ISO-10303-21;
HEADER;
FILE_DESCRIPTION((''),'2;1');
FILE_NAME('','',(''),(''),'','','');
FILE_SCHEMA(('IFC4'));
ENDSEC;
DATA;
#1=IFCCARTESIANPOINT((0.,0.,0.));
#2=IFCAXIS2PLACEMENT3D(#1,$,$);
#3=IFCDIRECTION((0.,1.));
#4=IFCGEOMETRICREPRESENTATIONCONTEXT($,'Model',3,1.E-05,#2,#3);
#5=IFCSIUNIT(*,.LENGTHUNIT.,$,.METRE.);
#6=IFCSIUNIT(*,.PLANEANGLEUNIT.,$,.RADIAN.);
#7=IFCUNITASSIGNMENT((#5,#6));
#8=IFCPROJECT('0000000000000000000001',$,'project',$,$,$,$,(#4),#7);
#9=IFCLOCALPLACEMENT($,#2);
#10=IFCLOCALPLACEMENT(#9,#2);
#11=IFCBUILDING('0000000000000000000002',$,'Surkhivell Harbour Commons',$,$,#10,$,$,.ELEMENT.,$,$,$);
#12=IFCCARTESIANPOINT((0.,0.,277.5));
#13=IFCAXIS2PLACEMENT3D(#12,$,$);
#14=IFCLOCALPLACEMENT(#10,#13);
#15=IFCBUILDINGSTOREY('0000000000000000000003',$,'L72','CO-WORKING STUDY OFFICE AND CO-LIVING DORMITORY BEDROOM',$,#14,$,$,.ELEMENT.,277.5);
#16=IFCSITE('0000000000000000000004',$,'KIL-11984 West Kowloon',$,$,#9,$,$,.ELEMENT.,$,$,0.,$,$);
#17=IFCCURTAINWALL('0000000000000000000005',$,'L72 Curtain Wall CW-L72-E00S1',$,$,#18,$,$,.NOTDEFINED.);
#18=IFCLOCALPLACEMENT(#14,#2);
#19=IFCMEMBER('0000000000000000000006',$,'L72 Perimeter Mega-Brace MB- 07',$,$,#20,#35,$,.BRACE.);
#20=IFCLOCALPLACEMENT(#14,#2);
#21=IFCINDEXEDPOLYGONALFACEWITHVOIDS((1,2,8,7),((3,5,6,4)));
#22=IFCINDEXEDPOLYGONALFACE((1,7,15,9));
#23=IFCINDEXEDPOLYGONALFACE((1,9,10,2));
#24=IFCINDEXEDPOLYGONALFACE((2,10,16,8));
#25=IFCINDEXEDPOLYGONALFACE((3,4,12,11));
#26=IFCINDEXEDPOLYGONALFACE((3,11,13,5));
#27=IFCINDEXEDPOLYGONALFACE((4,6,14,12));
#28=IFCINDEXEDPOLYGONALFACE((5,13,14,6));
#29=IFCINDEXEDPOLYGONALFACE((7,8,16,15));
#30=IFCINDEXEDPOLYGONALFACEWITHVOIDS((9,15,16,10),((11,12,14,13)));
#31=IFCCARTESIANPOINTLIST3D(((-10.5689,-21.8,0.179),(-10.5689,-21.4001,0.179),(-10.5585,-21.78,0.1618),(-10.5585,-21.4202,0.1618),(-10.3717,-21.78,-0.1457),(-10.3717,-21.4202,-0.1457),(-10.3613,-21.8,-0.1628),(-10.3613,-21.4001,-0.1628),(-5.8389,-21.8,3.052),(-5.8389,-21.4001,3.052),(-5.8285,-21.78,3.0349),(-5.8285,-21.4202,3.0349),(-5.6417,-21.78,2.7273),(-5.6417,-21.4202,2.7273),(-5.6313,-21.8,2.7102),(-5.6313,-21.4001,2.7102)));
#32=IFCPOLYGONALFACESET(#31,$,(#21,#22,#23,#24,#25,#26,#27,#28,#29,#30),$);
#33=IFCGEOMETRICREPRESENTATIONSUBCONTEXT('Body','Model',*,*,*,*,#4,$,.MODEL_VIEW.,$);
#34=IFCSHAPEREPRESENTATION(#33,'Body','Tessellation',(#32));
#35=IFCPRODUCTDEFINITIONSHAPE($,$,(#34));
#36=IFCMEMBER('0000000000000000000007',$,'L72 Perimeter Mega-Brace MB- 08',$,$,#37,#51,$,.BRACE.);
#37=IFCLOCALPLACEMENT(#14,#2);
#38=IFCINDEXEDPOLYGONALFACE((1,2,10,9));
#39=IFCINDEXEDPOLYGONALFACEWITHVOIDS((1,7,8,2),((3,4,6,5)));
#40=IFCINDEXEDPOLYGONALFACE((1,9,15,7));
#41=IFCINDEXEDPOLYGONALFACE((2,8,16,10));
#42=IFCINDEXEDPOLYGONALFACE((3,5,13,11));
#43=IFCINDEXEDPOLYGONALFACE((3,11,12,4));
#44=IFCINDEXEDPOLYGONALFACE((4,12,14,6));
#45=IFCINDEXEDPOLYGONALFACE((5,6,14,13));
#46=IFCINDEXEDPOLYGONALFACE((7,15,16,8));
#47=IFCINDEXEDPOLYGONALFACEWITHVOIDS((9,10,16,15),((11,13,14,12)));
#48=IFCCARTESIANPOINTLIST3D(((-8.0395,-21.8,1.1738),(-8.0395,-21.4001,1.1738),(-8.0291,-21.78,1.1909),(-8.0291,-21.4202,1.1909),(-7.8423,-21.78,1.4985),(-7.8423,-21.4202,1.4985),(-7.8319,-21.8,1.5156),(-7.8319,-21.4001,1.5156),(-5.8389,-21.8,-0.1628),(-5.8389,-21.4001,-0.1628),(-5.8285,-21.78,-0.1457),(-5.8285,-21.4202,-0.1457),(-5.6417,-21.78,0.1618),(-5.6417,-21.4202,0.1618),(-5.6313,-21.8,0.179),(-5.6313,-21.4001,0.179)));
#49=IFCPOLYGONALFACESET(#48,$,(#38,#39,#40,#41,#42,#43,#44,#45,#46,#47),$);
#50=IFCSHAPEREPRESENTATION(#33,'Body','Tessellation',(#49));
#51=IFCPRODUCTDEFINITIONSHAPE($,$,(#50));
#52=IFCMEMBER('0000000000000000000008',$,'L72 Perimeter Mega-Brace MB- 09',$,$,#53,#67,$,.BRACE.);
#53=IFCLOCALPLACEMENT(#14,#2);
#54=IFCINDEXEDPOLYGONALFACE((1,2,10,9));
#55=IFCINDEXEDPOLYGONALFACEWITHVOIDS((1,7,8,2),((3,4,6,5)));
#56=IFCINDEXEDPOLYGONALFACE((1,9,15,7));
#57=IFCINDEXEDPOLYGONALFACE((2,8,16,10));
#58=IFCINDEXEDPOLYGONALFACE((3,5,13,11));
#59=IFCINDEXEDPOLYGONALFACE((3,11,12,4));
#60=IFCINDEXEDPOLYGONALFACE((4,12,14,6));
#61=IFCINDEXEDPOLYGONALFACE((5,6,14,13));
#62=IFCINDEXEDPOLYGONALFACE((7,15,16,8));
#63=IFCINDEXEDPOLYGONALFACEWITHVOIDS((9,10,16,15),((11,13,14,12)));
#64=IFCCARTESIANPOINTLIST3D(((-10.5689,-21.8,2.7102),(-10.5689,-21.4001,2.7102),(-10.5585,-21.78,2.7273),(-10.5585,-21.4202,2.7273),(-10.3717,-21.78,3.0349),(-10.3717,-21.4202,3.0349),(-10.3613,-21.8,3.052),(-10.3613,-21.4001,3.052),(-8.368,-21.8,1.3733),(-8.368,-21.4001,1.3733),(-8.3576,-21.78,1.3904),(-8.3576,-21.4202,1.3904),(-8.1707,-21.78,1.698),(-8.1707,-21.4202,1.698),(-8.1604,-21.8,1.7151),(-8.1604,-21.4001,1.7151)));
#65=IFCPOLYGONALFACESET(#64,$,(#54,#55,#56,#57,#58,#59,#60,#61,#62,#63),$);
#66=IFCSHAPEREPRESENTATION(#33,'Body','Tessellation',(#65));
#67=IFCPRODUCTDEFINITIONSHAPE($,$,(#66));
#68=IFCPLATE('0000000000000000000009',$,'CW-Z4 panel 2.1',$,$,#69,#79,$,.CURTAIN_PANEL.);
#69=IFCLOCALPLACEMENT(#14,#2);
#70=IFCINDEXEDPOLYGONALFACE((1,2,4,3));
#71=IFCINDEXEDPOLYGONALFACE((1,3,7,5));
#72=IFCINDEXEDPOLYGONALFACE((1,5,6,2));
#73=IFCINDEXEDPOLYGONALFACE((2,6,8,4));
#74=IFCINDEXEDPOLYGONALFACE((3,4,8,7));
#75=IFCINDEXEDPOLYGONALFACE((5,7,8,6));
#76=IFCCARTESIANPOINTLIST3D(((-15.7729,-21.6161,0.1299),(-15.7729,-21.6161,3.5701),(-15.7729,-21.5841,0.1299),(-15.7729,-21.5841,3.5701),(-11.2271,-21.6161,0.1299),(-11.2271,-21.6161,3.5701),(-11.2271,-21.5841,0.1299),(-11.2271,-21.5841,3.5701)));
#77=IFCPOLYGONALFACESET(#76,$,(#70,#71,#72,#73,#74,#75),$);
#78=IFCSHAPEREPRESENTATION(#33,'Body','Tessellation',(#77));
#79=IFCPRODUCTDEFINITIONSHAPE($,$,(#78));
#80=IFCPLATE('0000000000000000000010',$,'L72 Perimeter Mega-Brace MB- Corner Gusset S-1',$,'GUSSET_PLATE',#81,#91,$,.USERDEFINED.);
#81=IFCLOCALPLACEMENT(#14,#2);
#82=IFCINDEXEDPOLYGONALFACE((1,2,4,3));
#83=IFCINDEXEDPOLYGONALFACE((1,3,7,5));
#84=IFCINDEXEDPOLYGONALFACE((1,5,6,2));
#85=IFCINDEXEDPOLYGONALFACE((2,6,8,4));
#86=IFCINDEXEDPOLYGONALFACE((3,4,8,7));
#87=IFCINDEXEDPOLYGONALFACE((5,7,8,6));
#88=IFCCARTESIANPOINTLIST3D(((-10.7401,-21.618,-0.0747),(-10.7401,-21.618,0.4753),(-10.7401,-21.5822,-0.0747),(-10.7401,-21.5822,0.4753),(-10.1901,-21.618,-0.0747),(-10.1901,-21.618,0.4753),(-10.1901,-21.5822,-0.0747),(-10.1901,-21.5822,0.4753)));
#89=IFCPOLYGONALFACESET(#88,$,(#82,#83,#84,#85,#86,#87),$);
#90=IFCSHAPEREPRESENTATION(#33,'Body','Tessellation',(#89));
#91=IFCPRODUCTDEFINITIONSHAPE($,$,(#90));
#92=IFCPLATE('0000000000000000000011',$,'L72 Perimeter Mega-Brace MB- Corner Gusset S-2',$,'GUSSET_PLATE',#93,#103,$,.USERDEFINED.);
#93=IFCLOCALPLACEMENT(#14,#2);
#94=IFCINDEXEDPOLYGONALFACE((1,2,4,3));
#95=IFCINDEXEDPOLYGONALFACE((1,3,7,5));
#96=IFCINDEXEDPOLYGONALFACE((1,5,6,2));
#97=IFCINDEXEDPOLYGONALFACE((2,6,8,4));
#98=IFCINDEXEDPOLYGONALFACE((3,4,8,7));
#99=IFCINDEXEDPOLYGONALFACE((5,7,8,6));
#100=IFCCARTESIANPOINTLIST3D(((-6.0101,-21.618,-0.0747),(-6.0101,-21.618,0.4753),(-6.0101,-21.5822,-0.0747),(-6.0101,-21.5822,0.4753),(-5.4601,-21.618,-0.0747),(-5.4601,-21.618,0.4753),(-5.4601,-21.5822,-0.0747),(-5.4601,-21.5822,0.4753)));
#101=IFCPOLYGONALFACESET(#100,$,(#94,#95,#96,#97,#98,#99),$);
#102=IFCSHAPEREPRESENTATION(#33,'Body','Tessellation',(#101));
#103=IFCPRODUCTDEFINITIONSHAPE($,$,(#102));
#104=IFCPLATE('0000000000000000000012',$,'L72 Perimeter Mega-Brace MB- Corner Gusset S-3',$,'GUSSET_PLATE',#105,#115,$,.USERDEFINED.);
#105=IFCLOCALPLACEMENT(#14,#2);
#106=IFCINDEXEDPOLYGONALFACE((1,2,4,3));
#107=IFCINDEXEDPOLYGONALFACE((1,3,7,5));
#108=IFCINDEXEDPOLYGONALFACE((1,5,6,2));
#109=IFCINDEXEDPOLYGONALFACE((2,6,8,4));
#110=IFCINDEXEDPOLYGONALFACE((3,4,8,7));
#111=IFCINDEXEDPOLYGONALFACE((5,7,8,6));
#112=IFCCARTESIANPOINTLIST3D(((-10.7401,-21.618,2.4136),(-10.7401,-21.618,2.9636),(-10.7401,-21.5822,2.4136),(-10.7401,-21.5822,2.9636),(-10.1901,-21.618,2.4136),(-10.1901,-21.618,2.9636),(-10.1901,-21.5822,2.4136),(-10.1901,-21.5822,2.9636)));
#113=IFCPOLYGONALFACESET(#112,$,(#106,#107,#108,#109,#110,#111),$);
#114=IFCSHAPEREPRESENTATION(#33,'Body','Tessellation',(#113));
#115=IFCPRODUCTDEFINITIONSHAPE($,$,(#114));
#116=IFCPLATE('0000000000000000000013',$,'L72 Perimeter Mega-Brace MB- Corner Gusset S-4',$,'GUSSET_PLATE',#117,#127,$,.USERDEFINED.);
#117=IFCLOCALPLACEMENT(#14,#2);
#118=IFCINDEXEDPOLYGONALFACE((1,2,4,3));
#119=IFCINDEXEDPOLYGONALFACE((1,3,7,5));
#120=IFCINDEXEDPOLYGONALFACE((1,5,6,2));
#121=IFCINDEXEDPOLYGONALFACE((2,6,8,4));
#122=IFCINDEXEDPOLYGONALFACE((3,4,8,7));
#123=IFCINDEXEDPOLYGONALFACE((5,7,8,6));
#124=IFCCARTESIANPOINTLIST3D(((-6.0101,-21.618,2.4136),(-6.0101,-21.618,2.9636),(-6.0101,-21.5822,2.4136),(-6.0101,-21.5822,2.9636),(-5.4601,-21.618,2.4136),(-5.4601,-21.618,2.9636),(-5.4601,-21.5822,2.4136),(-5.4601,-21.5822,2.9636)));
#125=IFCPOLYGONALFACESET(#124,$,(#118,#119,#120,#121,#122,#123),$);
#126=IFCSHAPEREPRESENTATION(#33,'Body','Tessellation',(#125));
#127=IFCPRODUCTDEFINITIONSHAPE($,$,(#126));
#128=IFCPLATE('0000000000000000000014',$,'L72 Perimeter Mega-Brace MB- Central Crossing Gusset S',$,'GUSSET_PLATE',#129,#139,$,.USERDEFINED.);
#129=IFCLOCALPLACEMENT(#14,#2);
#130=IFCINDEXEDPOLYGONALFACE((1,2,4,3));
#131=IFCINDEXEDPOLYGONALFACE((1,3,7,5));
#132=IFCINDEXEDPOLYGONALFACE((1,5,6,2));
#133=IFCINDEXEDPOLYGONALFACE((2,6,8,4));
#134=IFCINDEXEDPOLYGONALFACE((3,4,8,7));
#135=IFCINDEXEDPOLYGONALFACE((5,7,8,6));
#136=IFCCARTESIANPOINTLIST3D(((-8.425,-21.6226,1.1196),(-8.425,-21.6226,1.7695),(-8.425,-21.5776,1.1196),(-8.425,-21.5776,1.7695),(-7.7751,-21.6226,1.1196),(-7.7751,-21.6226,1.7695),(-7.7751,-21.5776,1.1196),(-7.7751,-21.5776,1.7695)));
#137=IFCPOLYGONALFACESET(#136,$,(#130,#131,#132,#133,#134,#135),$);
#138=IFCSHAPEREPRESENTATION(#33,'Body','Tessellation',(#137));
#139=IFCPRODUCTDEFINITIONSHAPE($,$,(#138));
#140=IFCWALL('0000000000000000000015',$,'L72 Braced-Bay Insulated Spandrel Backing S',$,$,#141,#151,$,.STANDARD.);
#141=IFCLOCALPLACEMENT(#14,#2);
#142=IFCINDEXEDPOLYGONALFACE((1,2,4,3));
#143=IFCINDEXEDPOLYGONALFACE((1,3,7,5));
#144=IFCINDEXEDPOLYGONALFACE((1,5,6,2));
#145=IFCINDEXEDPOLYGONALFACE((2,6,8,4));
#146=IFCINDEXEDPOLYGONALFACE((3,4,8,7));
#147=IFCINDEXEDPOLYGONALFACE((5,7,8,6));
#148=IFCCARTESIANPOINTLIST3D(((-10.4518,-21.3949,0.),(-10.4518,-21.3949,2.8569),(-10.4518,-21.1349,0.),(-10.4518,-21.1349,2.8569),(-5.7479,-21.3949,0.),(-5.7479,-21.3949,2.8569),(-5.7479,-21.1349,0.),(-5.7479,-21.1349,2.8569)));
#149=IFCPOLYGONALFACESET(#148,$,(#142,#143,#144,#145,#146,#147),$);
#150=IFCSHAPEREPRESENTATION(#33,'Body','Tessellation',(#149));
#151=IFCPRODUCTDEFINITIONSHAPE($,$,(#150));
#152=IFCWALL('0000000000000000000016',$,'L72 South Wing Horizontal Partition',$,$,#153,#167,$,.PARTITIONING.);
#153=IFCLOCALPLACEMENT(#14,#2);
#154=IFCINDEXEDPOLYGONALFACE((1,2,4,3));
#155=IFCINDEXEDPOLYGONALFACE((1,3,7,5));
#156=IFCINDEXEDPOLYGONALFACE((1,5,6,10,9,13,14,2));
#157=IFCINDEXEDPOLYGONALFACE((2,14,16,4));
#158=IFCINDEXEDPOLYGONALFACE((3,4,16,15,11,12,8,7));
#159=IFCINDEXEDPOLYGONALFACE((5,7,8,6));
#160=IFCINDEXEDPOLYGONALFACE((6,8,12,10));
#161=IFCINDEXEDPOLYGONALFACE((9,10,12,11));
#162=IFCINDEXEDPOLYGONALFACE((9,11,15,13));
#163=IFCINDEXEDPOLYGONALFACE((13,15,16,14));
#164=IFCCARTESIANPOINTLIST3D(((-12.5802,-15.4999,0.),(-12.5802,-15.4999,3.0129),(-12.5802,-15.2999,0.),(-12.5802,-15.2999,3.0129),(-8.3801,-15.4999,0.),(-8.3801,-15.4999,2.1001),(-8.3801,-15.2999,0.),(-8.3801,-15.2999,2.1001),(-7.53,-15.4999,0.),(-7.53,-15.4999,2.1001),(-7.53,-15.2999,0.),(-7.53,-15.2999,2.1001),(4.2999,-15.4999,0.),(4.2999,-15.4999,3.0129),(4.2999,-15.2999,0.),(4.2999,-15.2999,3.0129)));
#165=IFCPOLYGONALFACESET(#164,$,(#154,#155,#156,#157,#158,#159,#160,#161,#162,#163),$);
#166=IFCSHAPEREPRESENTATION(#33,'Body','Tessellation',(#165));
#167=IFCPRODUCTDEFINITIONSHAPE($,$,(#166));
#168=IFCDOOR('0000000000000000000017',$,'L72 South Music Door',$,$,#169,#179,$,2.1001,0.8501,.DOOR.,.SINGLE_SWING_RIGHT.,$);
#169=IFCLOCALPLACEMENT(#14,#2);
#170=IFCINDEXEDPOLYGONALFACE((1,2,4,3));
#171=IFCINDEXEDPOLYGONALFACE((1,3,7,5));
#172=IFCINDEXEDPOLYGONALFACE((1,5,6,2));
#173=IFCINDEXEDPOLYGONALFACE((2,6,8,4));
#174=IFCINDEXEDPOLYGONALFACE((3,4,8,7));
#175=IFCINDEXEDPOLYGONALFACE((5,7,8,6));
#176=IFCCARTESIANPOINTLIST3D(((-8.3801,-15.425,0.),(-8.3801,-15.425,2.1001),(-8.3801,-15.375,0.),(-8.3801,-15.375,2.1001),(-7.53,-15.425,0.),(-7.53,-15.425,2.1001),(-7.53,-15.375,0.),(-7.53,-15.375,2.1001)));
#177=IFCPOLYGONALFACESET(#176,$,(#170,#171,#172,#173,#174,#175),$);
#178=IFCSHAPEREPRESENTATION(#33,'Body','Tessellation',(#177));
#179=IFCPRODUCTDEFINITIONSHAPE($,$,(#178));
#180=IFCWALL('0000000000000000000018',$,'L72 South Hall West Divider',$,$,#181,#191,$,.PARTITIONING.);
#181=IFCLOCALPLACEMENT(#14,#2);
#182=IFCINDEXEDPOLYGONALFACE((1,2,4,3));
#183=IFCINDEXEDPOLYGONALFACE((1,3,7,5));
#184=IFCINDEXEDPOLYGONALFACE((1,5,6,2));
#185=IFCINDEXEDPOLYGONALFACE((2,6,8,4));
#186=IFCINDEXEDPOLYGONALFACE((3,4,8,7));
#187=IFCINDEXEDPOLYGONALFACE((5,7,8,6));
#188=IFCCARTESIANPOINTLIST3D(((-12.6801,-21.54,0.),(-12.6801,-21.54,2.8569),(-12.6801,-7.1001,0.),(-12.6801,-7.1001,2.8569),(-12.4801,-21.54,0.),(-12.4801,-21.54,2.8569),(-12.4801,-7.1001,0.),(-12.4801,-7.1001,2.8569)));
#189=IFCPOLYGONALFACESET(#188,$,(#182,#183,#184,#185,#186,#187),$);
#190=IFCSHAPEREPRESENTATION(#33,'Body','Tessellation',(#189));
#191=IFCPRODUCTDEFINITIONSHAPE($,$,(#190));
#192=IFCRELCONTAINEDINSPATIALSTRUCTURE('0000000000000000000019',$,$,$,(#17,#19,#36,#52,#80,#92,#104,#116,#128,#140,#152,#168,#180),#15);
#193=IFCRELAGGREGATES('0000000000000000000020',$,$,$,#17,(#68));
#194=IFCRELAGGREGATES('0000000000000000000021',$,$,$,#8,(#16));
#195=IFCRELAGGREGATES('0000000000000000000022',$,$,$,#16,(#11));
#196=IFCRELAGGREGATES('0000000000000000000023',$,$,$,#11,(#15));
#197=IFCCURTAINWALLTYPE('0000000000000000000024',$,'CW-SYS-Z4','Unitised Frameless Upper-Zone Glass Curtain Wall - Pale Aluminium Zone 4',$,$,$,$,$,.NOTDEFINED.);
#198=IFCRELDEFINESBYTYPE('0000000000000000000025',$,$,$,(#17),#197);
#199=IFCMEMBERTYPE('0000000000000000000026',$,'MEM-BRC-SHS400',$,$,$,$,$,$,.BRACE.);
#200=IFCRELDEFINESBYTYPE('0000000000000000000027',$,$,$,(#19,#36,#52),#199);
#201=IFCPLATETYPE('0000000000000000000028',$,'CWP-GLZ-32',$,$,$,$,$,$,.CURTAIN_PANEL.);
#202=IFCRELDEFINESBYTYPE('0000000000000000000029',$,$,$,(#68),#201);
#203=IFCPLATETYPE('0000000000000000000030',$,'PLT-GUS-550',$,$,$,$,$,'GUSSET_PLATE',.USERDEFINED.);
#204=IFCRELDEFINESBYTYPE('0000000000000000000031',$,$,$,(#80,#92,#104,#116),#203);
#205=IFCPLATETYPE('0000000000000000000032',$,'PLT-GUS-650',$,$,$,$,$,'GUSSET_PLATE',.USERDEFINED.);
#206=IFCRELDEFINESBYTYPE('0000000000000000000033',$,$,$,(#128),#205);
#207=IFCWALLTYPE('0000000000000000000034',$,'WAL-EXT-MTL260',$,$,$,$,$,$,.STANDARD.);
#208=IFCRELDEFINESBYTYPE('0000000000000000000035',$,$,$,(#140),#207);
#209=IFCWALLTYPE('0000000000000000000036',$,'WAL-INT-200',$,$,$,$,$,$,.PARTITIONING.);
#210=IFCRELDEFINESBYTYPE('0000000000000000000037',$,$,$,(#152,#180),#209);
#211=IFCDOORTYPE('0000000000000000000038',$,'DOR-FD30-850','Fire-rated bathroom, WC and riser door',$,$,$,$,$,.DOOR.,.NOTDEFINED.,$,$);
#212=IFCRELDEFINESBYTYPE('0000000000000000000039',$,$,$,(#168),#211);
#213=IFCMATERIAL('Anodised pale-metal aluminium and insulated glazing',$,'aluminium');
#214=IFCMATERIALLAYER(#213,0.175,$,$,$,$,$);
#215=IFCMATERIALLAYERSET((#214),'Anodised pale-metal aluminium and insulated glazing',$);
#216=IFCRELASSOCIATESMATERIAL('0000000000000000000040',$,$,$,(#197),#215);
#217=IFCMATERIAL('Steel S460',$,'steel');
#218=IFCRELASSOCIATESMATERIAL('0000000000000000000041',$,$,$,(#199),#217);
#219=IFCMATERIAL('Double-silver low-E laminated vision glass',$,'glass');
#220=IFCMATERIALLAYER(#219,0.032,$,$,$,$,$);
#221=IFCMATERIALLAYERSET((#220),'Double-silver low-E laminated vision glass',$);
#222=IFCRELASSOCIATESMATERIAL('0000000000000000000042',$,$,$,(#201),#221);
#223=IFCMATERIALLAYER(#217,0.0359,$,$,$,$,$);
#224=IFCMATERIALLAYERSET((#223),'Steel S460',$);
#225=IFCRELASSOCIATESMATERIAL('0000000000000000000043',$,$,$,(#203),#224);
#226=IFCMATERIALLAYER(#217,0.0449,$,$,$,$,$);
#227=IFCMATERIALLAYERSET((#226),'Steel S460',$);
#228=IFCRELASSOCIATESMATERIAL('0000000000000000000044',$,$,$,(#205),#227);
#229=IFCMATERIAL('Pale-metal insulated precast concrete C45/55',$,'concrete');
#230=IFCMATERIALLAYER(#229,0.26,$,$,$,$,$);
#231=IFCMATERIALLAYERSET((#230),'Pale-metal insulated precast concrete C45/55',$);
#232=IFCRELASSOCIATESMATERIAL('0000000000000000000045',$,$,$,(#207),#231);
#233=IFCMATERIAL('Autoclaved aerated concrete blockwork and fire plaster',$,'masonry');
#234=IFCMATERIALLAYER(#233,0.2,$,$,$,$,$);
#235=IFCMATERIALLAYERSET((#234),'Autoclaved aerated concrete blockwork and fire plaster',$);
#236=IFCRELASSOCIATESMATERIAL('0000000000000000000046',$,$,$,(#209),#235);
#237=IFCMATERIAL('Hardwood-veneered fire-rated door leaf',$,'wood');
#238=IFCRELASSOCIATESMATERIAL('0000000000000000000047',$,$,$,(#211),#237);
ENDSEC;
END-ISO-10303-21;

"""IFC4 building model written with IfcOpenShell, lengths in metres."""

from ifc_helpers import new_model, si_unit, direction, frame, frame_2d, origin, origin_2d, place, context, subcontext, project, spatial, rectangle, hollow_rectangle, extrude, material, layer, layer_set, material_profile, profile_set, type_object, element, fill, aggregate, save


model = new_model("IFC4")

# Units and contexts
model_context = context("Model", 3, precision=1e-05, world=origin(), true_north=direction((0.0, 1.0)))
body_context = subcontext(model_context, "Body", "Model", "MODEL_VIEW")
ifc_project = project(units=[si_unit("LENGTHUNIT", "METRE"), si_unit("PLANEANGLEUNIT", "RADIAN")], contexts=[model_context])

# Site, building, storey
site_placement = place(None, origin())
site = spatial("IfcSite", under=ifc_project, at=site_placement, Name="KIL-11984 West Kowloon", CompositionType="ELEMENT", RefElevation=0.0)
building_placement = place(site_placement, origin())
building = spatial("IfcBuilding", under=site, at=building_placement, Name="Surkhivell Harbour Commons", CompositionType="ELEMENT")
storey_placement = place(building_placement, frame((0.0, 0.0, 277.5)))
storey = spatial("IfcBuildingStorey", under=building, at=storey_placement, Name="L72", Description="CO-WORKING STUDY OFFICE AND CO-LIVING DORMITORY BEDROOM", CompositionType="ELEMENT", Elevation=277.5)

# Curtain wall
ifc_material_1 = material(Name="Anodised pale-metal aluminium and insulated glazing", Category="aluminium")
ifc_layer_1 = layer(ifc_material_1, 0.175)
ifc_layer_set_1 = layer_set([ifc_layer_1], Name="Anodised pale-metal aluminium and insulated glazing")
curtain_wall_type = type_object("IfcCurtainWallType", Name="CW-SYS-Z4", Description="Unitised Frameless Upper-Zone Glass Curtain Wall - Pale Aluminium Zone 4", PredefinedType="NOTDEFINED", material=ifc_layer_set_1)
curtain_wall_placement = place(storey_placement, origin())
curtain_wall = element("IfcCurtainWall", 1, at=curtain_wall_placement, inside=storey, type_object=curtain_wall_type, Name="L72 Curtain Wall CW-L72-E00S1", PredefinedType="NOTDEFINED")

# Members
ifc_material_2 = material(Name="Steel S460", Category="steel")
ifc_material_profile_1 = material_profile(ifc_material_2, hollow_rectangle(XDim=0.3999, YDim=0.3999, WallThickness=0.02, at=origin_2d()), Name="SHS400x400x20")
ifc_profile_set_1 = profile_set([ifc_material_profile_1], Name="Steel S460")
member_type_1 = type_object("IfcMemberType", Name="MEM-BRC-SHS400", PredefinedType="BRACE", material=ifc_profile_set_1)
member_1_placement = place(storey_placement, frame((-10.4651, -21.6001, 0.0081), z_axis=(0.854685, 0.0, 0.519146), x_axis=(0.0, 1.0, 0.0)))
element("IfcMember", 2, at=member_1_placement, inside=storey, type_object=member_type_1, Name="L72 Perimeter Mega-Brace MB- 07", PredefinedType="BRACE", context=body_context, shape_type="SweptSolid", body=[
    extrude(hollow_rectangle(XDim=0.3999, YDim=0.3999, WallThickness=0.02, at=origin_2d()), origin(), (0.0, 0.0, 1.0), 5.5342),
])
member_2_placement = place(storey_placement, frame((-5.7351, -21.6001, 0.0081), z_axis=(-0.854694, 0.0, 0.519132), x_axis=(0.0, -1.0, 0.0)))
element("IfcMember", 3, at=member_2_placement, inside=storey, type_object=member_type_1, Name="L72 Perimeter Mega-Brace MB- 08", PredefinedType="BRACE", context=body_context, shape_type="SweptSolid", body=[
    extrude(hollow_rectangle(XDim=0.3999, YDim=0.3999, WallThickness=0.02, at=origin_2d()), origin(), (0.0, 0.0, 1.0), 2.5747),
])
member_3_placement = place(storey_placement, frame((-8.2642, -21.6001, 1.5442), z_axis=(-0.854678, 0.0, 0.519159), x_axis=(0.0, -1.0, 0.0)))
element("IfcMember", 4, at=member_3_placement, inside=storey, type_object=member_type_1, Name="L72 Perimeter Mega-Brace MB- 09", PredefinedType="BRACE", context=body_context, shape_type="SweptSolid", body=[
    extrude(hollow_rectangle(XDim=0.3999, YDim=0.3999, WallThickness=0.02, at=origin_2d()), origin(), (0.0, 0.0, 1.0), 2.5752),
])

# Plate
ifc_material_3 = material(Name="Double-silver low-E laminated vision glass", Category="glass")
ifc_layer_2 = layer(ifc_material_3, 0.032)
ifc_layer_set_2 = layer_set([ifc_layer_2], Name="Double-silver low-E laminated vision glass")
plate_type_1 = type_object("IfcPlateType", Name="CWP-GLZ-32", PredefinedType="CURTAIN_PANEL", material=ifc_layer_set_2)
plate_1_placement = place(storey_placement, frame((-15.7729, -21.6001, 0.1299), z_axis=(0.0, 0.0, 1.0), x_axis=(1.0, 0.0, 0.0)))
plate_1 = element("IfcPlate", 5, at=plate_1_placement, type_object=plate_type_1, Name="CW-Z4 panel 2.1", PredefinedType="CURTAIN_PANEL", context=body_context, shape_type="SweptSolid", body=[
    extrude(rectangle(XDim=4.5459, YDim=0.032, at=frame_2d((2.2729, 0.0))), origin(), (0.0, 0.0, 1.0), 3.4402),
])
aggregate(curtain_wall, [plate_1])

# Plates
ifc_layer_3 = layer(ifc_material_2, 0.0359)
ifc_layer_set_3 = layer_set([ifc_layer_3], Name="Steel S460")
plate_type_2 = type_object("IfcPlateType", Name="PLT-GUS-550", ElementType="GUSSET_PLATE", PredefinedType="USERDEFINED", material=ifc_layer_set_3)
for number, where, z_axis, x_axis, name in (
    (6, (-10.4651, -21.6001, -0.0747), (0.0, 0.0, 1.0), (1.0, 0.0, 0.0), "L72 Perimeter Mega-Brace MB- Corner Gusset S-1"),
    (7, (-5.7351, -21.6001, -0.0747), (0.0, 0.0, 1.0), (1.0, 0.0, 0.0), "L72 Perimeter Mega-Brace MB- Corner Gusset S-2"),
    (8, (-10.4651, -21.6001, 2.4136), (0.0, 0.0, 1.0), (1.0, 0.0, 0.0), "L72 Perimeter Mega-Brace MB- Corner Gusset S-3"),
    (9, (-5.7351, -21.6001, 2.4136), (0.0, 0.0, 1.0), (1.0, 0.0, 0.0), "L72 Perimeter Mega-Brace MB- Corner Gusset S-4"),
):
    element("IfcPlate", number, at=place(storey_placement, frame(where, z_axis=z_axis, x_axis=x_axis)), inside=storey, type_object=plate_type_2, Name=name, ObjectType="GUSSET_PLATE", PredefinedType="USERDEFINED", context=body_context, shape_type="SweptSolid", body=[
        extrude(rectangle(XDim=0.55, YDim=0.0359, at=origin_2d()), origin(), (0.0, 0.0, 1.0), 0.55),
    ])
ifc_layer_4 = layer(ifc_material_2, 0.0449)
ifc_layer_set_4 = layer_set([ifc_layer_4], Name="Steel S460")
plate_type_3 = type_object("IfcPlateType", Name="PLT-GUS-650", ElementType="GUSSET_PLATE", PredefinedType="USERDEFINED", material=ifc_layer_set_4)
plate_2_placement = place(storey_placement, frame((-8.1001, -21.6001, 1.1196), z_axis=(0.0, 0.0, 1.0), x_axis=(1.0, 0.0, 0.0)))
element("IfcPlate", 10, at=plate_2_placement, inside=storey, type_object=plate_type_3, Name="L72 Perimeter Mega-Brace MB- Central Crossing Gusset S", ObjectType="GUSSET_PLATE", PredefinedType="USERDEFINED", context=body_context, shape_type="SweptSolid", body=[
    extrude(rectangle(XDim=0.6499, YDim=0.0449, at=origin_2d()), origin(), (0.0, 0.0, 1.0), 0.6499),
])

# Wall
ifc_material_4 = material(Name="Pale-metal insulated precast concrete C45/55", Category="concrete")
ifc_layer_5 = layer(ifc_material_4, 0.26)
ifc_layer_set_5 = layer_set([ifc_layer_5], Name="Pale-metal insulated precast concrete C45/55")
wall_type_1 = type_object("IfcWallType", Name="WAL-EXT-MTL260", PredefinedType="STANDARD", material=ifc_layer_set_5)
wall_1_placement = place(storey_placement, frame((-10.4519, -21.2649, 0.0), z_axis=(0.0, 0.0, 1.0), x_axis=(1.0, 0.0, 0.0)))
element("IfcWall", 11, at=wall_1_placement, inside=storey, type_object=wall_type_1, Name="L72 Braced-Bay Insulated Spandrel Backing S", PredefinedType="STANDARD", context=body_context, shape_type="SweptSolid", body=[
    extrude(rectangle(XDim=4.7039, YDim=0.26, at=frame_2d((2.3521, 0.0))), origin(), (0.0, 0.0, 1.0), 2.8569),
])

# Wall, opening, door
ifc_material_5 = material(Name="Autoclaved aerated concrete blockwork and fire plaster", Category="masonry")
ifc_layer_6 = layer(ifc_material_5, 0.2)
ifc_layer_set_6 = layer_set([ifc_layer_6], Name="Autoclaved aerated concrete blockwork and fire plaster")
wall_type_2 = type_object("IfcWallType", Name="WAL-INT-200", PredefinedType="PARTITIONING", material=ifc_layer_set_6)
wall_2_placement = place(storey_placement, frame((-12.5801, -15.3999, 0.0), z_axis=(0.0, 0.0, 1.0), x_axis=(1.0, 0.0, 0.0)))
wall_2 = element("IfcWall", 12, at=wall_2_placement, inside=storey, type_object=wall_type_2, Name="L72 South Wing Horizontal Partition", PredefinedType="PARTITIONING", context=body_context, shape_type="SweptSolid", body=[
    extrude(rectangle(XDim=16.8801, YDim=0.2, at=frame_2d((8.4399, 0.0))), origin(), (0.0, 0.0, 1.0), 3.0129),
])
opening_placement = place(wall_2_placement, frame((4.2, 0.0, 0.0)))
opening = element("IfcOpeningElement", 13, at=opening_placement, cuts=wall_2, PredefinedType="OPENING", context=body_context, shape_type="SweptSolid", body=[
    extrude(rectangle(XDim=0.8501, YDim=2.1001, at=frame_2d((0.425, 1.05))), frame((0.0, 0.1099, 0.0), z_axis=(0.0, -1.0, 0.0), x_axis=(1.0, 0.0, 0.0)), (0.0, 0.0, 1.0), 0.22),
])
ifc_material_6 = material(Name="Hardwood-veneered fire-rated door leaf", Category="wood")
door_type = type_object("IfcDoorType", Name="DOR-FD30-850", Description="Fire-rated bathroom, WC and riser door", OperationType="NOTDEFINED", PredefinedType="DOOR", material=ifc_material_6)
door_placement = place(opening_placement, origin())
door = element("IfcDoor", 14, at=door_placement, inside=storey, type_object=door_type, Name="L72 South Music Door", OperationType="SINGLE_SWING_RIGHT", OverallHeight=2.1001, OverallWidth=0.8501, PredefinedType="DOOR", context=body_context, shape_type="SweptSolid", body=[
    extrude(rectangle(XDim=0.8501, YDim=2.1001, at=frame_2d((0.425, 1.05))), frame((0.0, 0.0249, 0.0), z_axis=(0.0, -1.0, 0.0), x_axis=(1.0, 0.0, 0.0)), (0.0, 0.0, 1.0), 0.05),
])
fill(opening, door)

# Wall
wall_3_placement = place(storey_placement, frame((-12.5801, -21.54, 0.0), z_axis=(0.0, 0.0, 1.0), x_axis=(0.0, 1.0, 0.0)))
element("IfcWall", 15, at=wall_3_placement, inside=storey, type_object=wall_type_2, Name="L72 South Hall West Divider", PredefinedType="PARTITIONING", context=body_context, shape_type="SweptSolid", body=[
    extrude(rectangle(XDim=14.4399, YDim=0.2, at=frame_2d((7.22, 0.0))), origin(), (0.0, 0.0, 1.0), 2.8569),
])

save(model, "model.ifc")
